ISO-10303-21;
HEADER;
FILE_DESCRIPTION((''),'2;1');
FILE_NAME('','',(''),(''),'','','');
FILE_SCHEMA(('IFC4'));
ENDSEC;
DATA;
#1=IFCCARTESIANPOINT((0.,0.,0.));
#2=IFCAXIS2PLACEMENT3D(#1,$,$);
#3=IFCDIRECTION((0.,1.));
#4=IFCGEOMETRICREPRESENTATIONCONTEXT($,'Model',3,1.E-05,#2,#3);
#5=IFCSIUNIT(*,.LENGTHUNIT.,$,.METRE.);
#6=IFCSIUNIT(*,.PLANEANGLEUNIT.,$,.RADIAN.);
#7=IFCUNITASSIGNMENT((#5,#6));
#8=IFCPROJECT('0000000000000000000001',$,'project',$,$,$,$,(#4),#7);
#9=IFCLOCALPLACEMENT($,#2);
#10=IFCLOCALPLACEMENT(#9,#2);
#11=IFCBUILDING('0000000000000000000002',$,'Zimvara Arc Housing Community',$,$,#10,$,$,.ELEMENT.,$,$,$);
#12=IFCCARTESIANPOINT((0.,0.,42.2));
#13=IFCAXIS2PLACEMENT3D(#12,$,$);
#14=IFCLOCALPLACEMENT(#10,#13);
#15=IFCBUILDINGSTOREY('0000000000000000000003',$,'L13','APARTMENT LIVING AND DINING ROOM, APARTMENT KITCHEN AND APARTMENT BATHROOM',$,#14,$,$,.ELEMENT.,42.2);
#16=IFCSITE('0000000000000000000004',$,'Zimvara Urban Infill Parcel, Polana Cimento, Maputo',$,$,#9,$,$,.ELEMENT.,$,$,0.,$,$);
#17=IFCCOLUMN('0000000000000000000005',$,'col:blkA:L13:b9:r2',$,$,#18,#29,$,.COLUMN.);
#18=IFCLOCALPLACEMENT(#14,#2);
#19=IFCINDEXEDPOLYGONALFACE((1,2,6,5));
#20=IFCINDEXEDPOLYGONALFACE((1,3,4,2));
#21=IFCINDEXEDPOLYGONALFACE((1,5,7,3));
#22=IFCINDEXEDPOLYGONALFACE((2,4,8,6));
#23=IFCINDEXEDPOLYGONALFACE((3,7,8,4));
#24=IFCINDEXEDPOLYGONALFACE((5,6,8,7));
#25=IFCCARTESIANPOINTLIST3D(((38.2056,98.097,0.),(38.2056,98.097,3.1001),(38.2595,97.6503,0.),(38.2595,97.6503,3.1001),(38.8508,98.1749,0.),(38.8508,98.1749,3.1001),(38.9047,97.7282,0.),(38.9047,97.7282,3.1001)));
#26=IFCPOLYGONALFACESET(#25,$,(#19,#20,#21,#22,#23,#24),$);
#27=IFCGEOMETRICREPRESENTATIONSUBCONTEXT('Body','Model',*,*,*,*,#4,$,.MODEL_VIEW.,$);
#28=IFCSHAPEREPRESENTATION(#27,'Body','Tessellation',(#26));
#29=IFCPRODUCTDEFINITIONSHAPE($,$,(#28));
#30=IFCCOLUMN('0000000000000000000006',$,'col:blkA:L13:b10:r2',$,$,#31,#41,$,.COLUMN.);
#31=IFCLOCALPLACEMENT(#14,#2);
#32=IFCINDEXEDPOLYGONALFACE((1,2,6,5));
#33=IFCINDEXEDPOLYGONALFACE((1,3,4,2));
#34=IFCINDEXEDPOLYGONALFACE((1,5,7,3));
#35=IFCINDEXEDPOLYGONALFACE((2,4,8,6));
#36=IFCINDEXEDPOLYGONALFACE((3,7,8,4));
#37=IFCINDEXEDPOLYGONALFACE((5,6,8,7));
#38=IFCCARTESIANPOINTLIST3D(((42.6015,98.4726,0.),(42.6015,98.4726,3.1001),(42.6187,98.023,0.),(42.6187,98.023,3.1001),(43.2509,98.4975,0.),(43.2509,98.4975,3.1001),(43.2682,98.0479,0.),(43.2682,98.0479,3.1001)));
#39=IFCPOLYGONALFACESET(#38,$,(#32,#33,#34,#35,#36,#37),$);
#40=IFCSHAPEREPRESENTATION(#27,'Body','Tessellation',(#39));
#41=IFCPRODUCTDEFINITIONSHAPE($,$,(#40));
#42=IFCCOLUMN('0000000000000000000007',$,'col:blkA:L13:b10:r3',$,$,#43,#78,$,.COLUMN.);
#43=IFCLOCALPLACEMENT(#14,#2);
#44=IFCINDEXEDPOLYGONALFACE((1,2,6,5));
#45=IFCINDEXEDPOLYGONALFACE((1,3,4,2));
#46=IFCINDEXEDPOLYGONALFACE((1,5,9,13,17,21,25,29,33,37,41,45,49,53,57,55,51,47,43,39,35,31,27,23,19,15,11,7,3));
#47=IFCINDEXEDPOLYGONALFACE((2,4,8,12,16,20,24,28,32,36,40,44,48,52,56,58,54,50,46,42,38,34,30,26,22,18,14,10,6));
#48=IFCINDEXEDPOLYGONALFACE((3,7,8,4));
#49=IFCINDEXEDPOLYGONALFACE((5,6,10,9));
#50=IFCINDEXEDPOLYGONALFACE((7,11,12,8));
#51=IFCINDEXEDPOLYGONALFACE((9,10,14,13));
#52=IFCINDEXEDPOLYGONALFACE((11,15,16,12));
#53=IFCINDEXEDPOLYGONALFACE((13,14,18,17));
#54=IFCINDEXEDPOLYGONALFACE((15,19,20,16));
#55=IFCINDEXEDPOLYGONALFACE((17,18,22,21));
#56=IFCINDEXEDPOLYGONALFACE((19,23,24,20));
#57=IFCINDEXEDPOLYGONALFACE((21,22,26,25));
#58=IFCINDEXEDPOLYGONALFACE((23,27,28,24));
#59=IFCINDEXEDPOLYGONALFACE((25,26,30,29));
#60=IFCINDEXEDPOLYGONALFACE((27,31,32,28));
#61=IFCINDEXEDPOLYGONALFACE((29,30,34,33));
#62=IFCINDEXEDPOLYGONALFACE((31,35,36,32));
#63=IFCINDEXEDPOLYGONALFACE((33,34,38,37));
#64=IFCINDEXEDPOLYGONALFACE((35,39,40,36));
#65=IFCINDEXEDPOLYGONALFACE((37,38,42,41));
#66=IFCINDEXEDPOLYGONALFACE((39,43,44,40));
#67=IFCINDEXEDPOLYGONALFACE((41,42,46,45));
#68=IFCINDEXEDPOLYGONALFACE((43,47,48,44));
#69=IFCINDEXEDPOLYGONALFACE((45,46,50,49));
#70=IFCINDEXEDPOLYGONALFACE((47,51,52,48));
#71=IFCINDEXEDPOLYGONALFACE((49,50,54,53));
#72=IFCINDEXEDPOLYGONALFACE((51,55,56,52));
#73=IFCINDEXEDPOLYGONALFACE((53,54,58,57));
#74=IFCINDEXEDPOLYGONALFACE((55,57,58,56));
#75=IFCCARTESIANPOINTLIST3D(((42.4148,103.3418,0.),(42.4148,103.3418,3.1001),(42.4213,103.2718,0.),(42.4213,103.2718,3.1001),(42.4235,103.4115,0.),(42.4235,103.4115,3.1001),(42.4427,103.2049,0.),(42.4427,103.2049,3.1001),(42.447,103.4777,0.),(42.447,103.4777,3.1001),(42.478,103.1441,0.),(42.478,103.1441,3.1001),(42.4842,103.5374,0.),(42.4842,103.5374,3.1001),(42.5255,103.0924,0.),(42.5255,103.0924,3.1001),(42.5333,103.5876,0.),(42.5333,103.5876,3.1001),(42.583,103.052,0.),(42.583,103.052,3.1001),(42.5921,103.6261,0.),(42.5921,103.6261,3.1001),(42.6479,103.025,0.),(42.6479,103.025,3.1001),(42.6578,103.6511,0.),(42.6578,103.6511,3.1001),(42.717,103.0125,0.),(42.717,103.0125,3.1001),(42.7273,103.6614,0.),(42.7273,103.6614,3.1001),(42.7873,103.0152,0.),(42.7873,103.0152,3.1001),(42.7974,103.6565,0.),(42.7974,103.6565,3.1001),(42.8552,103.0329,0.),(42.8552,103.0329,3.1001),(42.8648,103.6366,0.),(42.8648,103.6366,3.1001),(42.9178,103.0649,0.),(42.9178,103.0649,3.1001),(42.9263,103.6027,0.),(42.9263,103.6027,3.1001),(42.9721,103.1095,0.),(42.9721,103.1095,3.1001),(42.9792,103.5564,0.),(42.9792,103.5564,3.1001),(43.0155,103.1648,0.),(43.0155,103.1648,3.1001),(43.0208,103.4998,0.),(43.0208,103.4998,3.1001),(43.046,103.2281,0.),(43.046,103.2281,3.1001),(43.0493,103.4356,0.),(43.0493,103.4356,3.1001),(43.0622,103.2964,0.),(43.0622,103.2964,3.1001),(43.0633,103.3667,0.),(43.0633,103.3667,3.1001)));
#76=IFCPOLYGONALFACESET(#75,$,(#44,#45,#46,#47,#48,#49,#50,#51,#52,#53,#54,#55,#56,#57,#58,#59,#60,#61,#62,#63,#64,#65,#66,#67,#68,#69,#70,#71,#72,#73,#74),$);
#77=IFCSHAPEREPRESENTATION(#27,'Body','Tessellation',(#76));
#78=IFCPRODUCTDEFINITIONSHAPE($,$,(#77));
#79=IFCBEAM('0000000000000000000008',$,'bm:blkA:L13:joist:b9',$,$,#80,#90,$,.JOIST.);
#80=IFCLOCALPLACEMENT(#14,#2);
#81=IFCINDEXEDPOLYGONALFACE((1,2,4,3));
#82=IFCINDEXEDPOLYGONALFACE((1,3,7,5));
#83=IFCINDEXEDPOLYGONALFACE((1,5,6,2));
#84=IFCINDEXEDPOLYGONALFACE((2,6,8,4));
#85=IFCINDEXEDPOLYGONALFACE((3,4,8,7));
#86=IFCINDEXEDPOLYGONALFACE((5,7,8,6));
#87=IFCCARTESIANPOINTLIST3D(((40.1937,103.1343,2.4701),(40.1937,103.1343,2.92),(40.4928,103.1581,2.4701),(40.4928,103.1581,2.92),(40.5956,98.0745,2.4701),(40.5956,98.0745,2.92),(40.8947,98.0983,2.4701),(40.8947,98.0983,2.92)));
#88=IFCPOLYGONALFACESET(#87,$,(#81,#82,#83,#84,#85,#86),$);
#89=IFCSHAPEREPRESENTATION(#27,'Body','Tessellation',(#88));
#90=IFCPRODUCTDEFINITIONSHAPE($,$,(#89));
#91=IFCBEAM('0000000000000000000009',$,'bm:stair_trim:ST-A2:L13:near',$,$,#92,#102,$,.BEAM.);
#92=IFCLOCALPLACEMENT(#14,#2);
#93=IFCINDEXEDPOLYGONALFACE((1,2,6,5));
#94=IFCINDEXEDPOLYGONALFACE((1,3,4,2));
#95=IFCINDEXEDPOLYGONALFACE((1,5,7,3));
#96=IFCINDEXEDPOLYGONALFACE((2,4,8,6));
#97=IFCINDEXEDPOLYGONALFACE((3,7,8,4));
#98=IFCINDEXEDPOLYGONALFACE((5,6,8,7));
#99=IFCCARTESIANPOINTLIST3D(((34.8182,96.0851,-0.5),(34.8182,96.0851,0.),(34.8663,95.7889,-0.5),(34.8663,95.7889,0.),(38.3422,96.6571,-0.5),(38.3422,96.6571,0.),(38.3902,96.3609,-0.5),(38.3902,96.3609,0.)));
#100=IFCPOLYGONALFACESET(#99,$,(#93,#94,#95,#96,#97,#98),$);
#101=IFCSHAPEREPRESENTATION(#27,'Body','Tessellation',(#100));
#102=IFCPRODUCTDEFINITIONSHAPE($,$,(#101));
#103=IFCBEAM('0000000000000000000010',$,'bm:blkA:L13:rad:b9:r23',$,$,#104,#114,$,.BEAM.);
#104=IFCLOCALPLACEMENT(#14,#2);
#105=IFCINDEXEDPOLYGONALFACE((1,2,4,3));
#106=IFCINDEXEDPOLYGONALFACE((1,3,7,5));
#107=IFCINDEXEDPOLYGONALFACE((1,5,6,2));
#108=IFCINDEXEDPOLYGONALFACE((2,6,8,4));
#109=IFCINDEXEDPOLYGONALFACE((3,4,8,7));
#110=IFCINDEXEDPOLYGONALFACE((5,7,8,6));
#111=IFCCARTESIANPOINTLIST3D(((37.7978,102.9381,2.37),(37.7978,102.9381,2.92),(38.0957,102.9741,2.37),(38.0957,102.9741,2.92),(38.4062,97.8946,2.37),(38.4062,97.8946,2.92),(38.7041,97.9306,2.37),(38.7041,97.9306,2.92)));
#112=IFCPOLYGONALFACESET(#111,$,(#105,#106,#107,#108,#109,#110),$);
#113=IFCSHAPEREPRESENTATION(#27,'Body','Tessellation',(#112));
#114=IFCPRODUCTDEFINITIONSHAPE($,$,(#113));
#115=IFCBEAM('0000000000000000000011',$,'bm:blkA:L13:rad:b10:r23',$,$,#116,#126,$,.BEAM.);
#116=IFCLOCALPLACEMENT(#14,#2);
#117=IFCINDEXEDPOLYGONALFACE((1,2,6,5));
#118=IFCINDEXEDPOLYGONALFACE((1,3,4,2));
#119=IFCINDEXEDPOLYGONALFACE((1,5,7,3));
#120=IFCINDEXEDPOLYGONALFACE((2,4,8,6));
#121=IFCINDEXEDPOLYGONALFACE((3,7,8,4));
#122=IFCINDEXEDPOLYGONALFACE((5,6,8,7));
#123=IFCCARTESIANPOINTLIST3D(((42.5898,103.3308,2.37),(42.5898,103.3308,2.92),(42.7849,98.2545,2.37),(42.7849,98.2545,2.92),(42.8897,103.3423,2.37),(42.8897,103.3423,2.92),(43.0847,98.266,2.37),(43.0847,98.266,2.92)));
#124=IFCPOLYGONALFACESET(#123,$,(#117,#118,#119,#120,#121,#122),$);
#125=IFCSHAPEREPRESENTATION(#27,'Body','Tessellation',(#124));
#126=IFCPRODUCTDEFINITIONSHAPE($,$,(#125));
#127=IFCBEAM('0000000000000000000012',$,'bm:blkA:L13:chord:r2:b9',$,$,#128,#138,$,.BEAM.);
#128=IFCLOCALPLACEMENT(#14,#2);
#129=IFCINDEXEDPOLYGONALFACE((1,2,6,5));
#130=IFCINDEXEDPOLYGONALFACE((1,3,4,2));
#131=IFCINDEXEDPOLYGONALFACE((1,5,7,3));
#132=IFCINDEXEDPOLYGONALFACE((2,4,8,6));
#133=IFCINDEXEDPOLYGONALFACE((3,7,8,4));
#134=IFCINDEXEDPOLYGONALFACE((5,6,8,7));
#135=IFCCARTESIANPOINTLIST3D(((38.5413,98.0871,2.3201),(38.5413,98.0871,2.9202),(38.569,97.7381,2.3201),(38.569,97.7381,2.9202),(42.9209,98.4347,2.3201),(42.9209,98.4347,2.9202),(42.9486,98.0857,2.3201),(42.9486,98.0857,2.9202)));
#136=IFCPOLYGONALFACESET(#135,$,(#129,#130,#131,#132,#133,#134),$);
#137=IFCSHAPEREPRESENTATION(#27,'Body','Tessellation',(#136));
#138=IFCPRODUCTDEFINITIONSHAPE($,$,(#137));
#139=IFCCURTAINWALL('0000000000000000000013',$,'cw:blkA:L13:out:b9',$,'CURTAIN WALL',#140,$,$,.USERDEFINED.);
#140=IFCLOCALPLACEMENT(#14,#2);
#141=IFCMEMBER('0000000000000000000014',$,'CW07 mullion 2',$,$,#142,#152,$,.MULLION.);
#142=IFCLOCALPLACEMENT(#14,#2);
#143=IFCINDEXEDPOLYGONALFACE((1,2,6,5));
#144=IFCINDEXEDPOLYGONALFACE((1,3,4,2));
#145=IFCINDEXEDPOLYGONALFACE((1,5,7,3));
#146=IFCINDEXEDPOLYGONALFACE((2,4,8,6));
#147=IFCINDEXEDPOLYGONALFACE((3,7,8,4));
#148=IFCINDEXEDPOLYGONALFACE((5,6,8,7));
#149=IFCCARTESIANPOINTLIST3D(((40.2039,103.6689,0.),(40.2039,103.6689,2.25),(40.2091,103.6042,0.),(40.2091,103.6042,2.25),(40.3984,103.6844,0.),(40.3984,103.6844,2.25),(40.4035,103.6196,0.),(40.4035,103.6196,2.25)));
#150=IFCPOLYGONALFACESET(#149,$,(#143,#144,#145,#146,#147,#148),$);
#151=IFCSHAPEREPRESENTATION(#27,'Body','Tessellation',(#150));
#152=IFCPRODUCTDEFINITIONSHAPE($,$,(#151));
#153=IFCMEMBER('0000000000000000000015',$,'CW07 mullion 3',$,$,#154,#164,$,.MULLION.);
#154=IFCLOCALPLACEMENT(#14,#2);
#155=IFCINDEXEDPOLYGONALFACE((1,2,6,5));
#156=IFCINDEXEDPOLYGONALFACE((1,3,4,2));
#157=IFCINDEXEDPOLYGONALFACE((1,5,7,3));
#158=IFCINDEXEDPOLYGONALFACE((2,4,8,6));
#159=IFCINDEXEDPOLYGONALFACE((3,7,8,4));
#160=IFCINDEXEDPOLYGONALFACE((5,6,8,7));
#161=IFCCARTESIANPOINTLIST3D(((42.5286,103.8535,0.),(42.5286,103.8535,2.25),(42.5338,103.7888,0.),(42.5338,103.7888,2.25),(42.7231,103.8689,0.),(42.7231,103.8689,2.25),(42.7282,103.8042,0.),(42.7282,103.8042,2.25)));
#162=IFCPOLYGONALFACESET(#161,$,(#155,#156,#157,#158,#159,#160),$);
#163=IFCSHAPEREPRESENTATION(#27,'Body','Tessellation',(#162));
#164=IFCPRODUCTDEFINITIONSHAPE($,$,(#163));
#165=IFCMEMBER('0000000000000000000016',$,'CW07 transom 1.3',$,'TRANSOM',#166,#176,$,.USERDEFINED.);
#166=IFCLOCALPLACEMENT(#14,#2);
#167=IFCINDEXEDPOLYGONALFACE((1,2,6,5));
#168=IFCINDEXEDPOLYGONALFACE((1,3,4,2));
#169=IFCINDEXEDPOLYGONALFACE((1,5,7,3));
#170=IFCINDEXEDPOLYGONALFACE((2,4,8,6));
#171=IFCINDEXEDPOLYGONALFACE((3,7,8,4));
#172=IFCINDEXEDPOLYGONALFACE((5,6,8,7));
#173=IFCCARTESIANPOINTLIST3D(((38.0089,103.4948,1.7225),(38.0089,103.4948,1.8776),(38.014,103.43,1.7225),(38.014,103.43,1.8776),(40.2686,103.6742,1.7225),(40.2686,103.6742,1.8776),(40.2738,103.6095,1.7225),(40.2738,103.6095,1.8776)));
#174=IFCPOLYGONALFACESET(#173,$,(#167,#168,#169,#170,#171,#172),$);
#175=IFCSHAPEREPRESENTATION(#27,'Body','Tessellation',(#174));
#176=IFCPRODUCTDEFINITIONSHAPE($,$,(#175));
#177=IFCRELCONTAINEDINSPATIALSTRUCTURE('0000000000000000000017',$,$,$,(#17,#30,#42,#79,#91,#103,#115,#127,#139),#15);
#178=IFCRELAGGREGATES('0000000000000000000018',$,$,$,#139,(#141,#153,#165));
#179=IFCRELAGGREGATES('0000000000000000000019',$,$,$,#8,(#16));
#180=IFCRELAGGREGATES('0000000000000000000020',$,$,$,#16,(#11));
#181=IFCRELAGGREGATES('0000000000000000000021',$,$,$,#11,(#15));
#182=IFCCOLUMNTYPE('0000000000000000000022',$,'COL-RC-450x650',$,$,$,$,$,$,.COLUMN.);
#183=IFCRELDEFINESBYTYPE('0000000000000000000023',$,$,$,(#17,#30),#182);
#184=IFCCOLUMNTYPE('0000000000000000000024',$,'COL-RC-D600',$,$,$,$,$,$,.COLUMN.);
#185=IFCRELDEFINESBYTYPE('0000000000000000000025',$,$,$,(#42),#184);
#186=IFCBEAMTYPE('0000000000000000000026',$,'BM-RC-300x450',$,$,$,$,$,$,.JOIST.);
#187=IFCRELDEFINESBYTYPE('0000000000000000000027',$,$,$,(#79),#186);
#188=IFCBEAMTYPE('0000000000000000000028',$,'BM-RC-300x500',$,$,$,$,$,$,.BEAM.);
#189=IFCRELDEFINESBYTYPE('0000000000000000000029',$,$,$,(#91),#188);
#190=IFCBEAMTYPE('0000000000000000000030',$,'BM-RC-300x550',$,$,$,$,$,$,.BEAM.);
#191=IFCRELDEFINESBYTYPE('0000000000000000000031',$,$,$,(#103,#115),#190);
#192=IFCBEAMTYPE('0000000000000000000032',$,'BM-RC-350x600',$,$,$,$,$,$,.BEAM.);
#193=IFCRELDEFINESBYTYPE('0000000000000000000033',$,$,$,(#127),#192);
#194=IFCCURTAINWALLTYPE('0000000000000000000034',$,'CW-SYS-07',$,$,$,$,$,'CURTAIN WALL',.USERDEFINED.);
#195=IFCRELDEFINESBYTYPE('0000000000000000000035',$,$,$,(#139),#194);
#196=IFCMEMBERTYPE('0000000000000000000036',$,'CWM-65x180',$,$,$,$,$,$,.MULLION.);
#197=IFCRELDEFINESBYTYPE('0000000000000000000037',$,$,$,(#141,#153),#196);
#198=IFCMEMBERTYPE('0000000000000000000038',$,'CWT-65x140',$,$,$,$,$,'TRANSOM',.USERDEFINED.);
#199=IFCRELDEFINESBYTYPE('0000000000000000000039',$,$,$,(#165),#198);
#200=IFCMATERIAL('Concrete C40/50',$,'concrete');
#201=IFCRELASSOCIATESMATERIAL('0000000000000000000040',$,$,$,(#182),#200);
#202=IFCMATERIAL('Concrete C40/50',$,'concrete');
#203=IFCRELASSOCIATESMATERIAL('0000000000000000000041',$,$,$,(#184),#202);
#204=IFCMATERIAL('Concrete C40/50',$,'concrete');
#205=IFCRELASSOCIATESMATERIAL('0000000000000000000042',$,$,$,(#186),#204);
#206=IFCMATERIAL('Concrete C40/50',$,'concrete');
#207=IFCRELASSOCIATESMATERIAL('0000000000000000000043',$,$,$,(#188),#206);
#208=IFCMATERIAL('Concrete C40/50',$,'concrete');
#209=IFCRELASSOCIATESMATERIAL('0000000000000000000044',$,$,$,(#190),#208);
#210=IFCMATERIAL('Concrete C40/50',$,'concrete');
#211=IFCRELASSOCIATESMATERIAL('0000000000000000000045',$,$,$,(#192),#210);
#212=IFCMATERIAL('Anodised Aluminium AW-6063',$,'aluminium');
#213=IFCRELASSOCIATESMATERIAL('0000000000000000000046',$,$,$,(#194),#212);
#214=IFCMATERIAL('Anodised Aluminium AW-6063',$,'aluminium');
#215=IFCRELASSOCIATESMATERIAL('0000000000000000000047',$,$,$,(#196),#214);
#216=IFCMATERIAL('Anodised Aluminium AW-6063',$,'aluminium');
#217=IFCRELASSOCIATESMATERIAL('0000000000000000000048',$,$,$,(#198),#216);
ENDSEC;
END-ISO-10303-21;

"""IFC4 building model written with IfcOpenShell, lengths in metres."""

from ifc_helpers import new_model, si_unit, direction, frame, origin, origin_2d, place, context, subcontext, project, spatial, rectangle, circle, extrude, material, material_profile, profile_set, type_object, element, aggregate, save


model = new_model("IFC4")

# Units and contexts
model_context = context("Model", 3, precision=1e-05, world=origin(), true_north=direction((0.0, 1.0)))
body_context = subcontext(model_context, "Body", "Model", "MODEL_VIEW")
ifc_project = project(units=[si_unit("LENGTHUNIT", "METRE"), si_unit("PLANEANGLEUNIT", "RADIAN")], contexts=[model_context])

# Site, building, storey
site_placement = place(None, origin())
site = spatial("IfcSite", under=ifc_project, at=site_placement, Name="Zimvara Urban Infill Parcel, Polana Cimento, Maputo", CompositionType="ELEMENT", RefElevation=0.0)
building_placement = place(site_placement, origin())
building = spatial("IfcBuilding", under=site, at=building_placement, Name="Zimvara Arc Housing Community", CompositionType="ELEMENT")
storey_placement = place(building_placement, frame((0.0, 0.0, 42.2)))
storey = spatial("IfcBuildingStorey", under=building, at=storey_placement, Name="L13", Description="APARTMENT LIVING AND DINING ROOM, APARTMENT KITCHEN AND APARTMENT BATHROOM", CompositionType="ELEMENT", Elevation=42.2)

# Columns
ifc_material_1 = material(Name="Concrete C40/50", Category="concrete")
ifc_material_profile_1 = material_profile(ifc_material_1, rectangle(XDim=0.45, YDim=0.6499, at=origin_2d()), Name="RC 450x650")
ifc_profile_set_1 = profile_set([ifc_material_profile_1], Name="Concrete C40/50")
column_type_1 = type_object("IfcColumnType", Name="COL-RC-450x650", PredefinedType="COLUMN", material=ifc_profile_set_1)
for number, where, z_axis, x_axis, name in (
    (1, (38.5552, 97.9126, 0.0), (0.0, 0.0, 1.0), (-0.11979, 0.992799, 0.0), "col:blkA:L13:b9:r2"),
    (2, (42.9348, 98.2603, 0.0), (0.0, 0.0, 1.0), (-0.038388, 0.999263, 0.0), "col:blkA:L13:b10:r2"),
):
    element("IfcColumn", number, at=place(storey_placement, frame(where, z_axis=z_axis, x_axis=x_axis)), inside=storey, type_object=column_type_1, Name=name, PredefinedType="COLUMN", context=body_context, shape_type="SweptSolid", body=[
        extrude(rectangle(XDim=0.45, YDim=0.6499, at=origin_2d()), origin(), (0.0, 0.0, 1.0), 3.1001),
    ])
ifc_material_2 = material(Name="Concrete C40/50", Category="concrete")
ifc_material_profile_2 = material_profile(ifc_material_2, circle(Radius=0.325, at=origin_2d()), Name="RC D650")
ifc_profile_set_2 = profile_set([ifc_material_profile_2], Name="Concrete C40/50")
column_type_2 = type_object("IfcColumnType", Name="COL-RC-D600", PredefinedType="COLUMN", material=ifc_profile_set_2)
column_placement = place(storey_placement, frame((42.7397, 103.3367, 0.0), z_axis=(0.0, 0.0, 1.0), x_axis=(-0.038388, 0.999263, 0.0)))
element("IfcColumn", 3, at=column_placement, inside=storey, type_object=column_type_2, Name="col:blkA:L13:b10:r3", PredefinedType="COLUMN", context=body_context, shape_type="SweptSolid", body=[
    extrude(circle(Radius=0.325, at=origin_2d()), origin(), (0.0, 0.0, 1.0), 3.1001),
])

# Beams
ifc_material_3 = material(Name="Concrete C40/50", Category="concrete")
ifc_material_profile_3 = material_profile(ifc_material_3, rectangle(XDim=0.3, YDim=0.45, at=origin_2d()), Name="RC 300x450")
ifc_profile_set_3 = profile_set([ifc_material_profile_3], Name="Concrete C40/50")
beam_type_1 = type_object("IfcBeamType", Name="BM-RC-300x450", PredefinedType="JOIST", material=ifc_profile_set_3)
beam_1_placement = place(storey_placement, frame((40.7451, 98.0864, 2.6951), z_axis=(-0.079172, 0.996861, 0.0), x_axis=(-0.996861, -0.079172, 0.0)))
element("IfcBeam", 4, at=beam_1_placement, inside=storey, type_object=beam_type_1, Name="bm:blkA:L13:joist:b9", PredefinedType="JOIST", context=body_context, shape_type="SweptSolid", body=[
    extrude(rectangle(XDim=0.3, YDim=0.45, at=origin_2d()), origin(), (0.0, 0.0, 1.0), 5.0757),
])
ifc_material_4 = material(Name="Concrete C40/50", Category="concrete")
ifc_material_profile_4 = material_profile(ifc_material_4, rectangle(XDim=0.3, YDim=0.5, at=origin_2d()), Name="RC 300x500")
ifc_profile_set_4 = profile_set([ifc_material_profile_4], Name="Concrete C40/50")
beam_type_2 = type_object("IfcBeamType", Name="BM-RC-300x500", PredefinedType="BEAM", material=ifc_profile_set_4)
beam_2_placement = place(storey_placement, frame((38.3662, 96.509, -0.25), z_axis=(-0.98708, -0.160228, 0.0), x_axis=(0.160228, -0.98708, 0.0)))
element("IfcBeam", 5, at=beam_2_placement, inside=storey, type_object=beam_type_2, Name="bm:stair_trim:ST-A2:L13:near", PredefinedType="BEAM", context=body_context, shape_type="SweptSolid", body=[
    extrude(rectangle(XDim=0.3, YDim=0.5, at=origin_2d()), origin(), (0.0, 0.0, 1.0), 3.5701),
])
ifc_material_5 = material(Name="Concrete C40/50", Category="concrete")
ifc_material_profile_5 = material_profile(ifc_material_5, rectangle(XDim=0.3, YDim=0.55, at=origin_2d()), Name="RC 300x550")
ifc_profile_set_5 = profile_set([ifc_material_profile_5], Name="Concrete C40/50")
beam_type_3 = type_object("IfcBeamType", Name="BM-RC-300x550", PredefinedType="BEAM", material=ifc_profile_set_5)
for number, where, z_axis, x_axis, name in (
    (6, (38.5552, 97.9126, 2.645), (-0.119763, 0.992803, 0.0), (-0.992803, -0.119763, 0.0), "bm:blkA:L13:rad:b9:r23"),
    (7, (42.9348, 98.2603, 2.645), (-0.038398, 0.999263, 0.0), (-0.999263, -0.038398, 0.0), "bm:blkA:L13:rad:b10:r23"),
):
    element("IfcBeam", number, at=place(storey_placement, frame(where, z_axis=z_axis, x_axis=x_axis)), inside=storey, type_object=beam_type_3, Name=name, PredefinedType="BEAM", context=body_context, shape_type="SweptSolid", body=[
        extrude(rectangle(XDim=0.3, YDim=0.55, at=origin_2d()), origin(), (0.0, 0.0, 1.0), 5.0801),
    ])
ifc_material_6 = material(Name="Concrete C40/50", Category="concrete")
ifc_material_profile_6 = material_profile(ifc_material_6, rectangle(XDim=0.3501, YDim=0.6001, at=origin_2d()), Name="RC 350x600")
ifc_profile_set_6 = profile_set([ifc_material_profile_6], Name="Concrete C40/50")
beam_type_4 = type_object("IfcBeamType", Name="BM-RC-350x600", PredefinedType="BEAM", material=ifc_profile_set_6)
beam_3_placement = place(storey_placement, frame((38.5552, 97.9126, 2.6201), z_axis=(0.996864, 0.079131, 0.0), x_axis=(-0.079131, 0.996864, 0.0)))
element("IfcBeam", 8, at=beam_3_placement, inside=storey, type_object=beam_type_4, Name="bm:blkA:L13:chord:r2:b9", PredefinedType="BEAM", context=body_context, shape_type="SweptSolid", body=[
    extrude(rectangle(XDim=0.3501, YDim=0.6001, at=origin_2d()), origin(), (0.0, 0.0, 1.0), 4.3933),
])

# Curtain wall, members
ifc_material_7 = material(Name="Anodised Aluminium AW-6063", Category="aluminium")
curtain_wall_type = type_object("IfcCurtainWallType", Name="CW-SYS-07", ElementType="CURTAIN WALL", PredefinedType="USERDEFINED", material=ifc_material_7)
curtain_wall_placement = place(storey_placement, origin())
curtain_wall = element("IfcCurtainWall", 9, at=curtain_wall_placement, inside=storey, type_object=curtain_wall_type, Name="cw:blkA:L13:out:b9", ObjectType="CURTAIN WALL", PredefinedType="USERDEFINED")
ifc_material_8 = material(Name="Anodised Aluminium AW-6063", Category="aluminium")
ifc_material_profile_7 = material_profile(ifc_material_8, rectangle(XDim=0.0649, YDim=0.1951, at=origin_2d()), Name="ALU 65x195")
ifc_profile_set_7 = profile_set([ifc_material_profile_7], Name="Anodised Aluminium AW-6063")
member_type_1 = type_object("IfcMemberType", Name="CWM-65x180", PredefinedType="MULLION", material=ifc_profile_set_7)
member_1_placement = place(storey_placement, frame((40.3037, 103.6443, 0.0), z_axis=(0.0, 0.0, 1.0), x_axis=(-0.079154, 0.996862, 0.0)))
member_1 = element("IfcMember", 10, at=member_1_placement, type_object=member_type_1, Name="CW07 mullion 2", PredefinedType="MULLION", context=body_context, shape_type="SweptSolid", body=[
    extrude(rectangle(XDim=0.0649, YDim=0.1951, at=origin_2d()), origin(), (0.0, 0.0, 1.0), 2.25),
])
member_2_placement = place(storey_placement, frame((42.6284, 103.8289, 0.0), z_axis=(0.0, 0.0, 1.0), x_axis=(-0.079154, 0.996862, 0.0)))
member_2 = element("IfcMember", 11, at=member_2_placement, type_object=member_type_1, Name="CW07 mullion 3", PredefinedType="MULLION", context=body_context, shape_type="SweptSolid", body=[
    extrude(rectangle(XDim=0.0649, YDim=0.1951, at=origin_2d()), origin(), (0.0, 0.0, 1.0), 2.25),
])
ifc_material_9 = material(Name="Anodised Aluminium AW-6063", Category="aluminium")
ifc_material_profile_8 = material_profile(ifc_material_9, rectangle(XDim=0.0649, YDim=0.155, at=origin_2d()), Name="ALU 65x155")
ifc_profile_set_8 = profile_set([ifc_material_profile_8], Name="Anodised Aluminium AW-6063")
member_type_2 = type_object("IfcMemberType", Name="CWT-65x140", ElementType="TRANSOM", PredefinedType="USERDEFINED", material=ifc_profile_set_8)
member_3_placement = place(storey_placement, frame((38.0115, 103.4624, 1.8), z_axis=(0.996862, 0.079159, 0.0), x_axis=(-0.079159, 0.996862, 0.0)))
member_3 = element("IfcMember", 12, at=member_3_placement, type_object=member_type_2, Name="CW07 transom 1.3", ObjectType="TRANSOM", PredefinedType="USERDEFINED", context=body_context, shape_type="SweptSolid", body=[
    extrude(rectangle(XDim=0.0649, YDim=0.155, at=origin_2d()), origin(), (0.0, 0.0, 1.0), 2.2668),
])
aggregate(curtain_wall, [member_1, member_2, member_3])

save(model, "model.ifc")
